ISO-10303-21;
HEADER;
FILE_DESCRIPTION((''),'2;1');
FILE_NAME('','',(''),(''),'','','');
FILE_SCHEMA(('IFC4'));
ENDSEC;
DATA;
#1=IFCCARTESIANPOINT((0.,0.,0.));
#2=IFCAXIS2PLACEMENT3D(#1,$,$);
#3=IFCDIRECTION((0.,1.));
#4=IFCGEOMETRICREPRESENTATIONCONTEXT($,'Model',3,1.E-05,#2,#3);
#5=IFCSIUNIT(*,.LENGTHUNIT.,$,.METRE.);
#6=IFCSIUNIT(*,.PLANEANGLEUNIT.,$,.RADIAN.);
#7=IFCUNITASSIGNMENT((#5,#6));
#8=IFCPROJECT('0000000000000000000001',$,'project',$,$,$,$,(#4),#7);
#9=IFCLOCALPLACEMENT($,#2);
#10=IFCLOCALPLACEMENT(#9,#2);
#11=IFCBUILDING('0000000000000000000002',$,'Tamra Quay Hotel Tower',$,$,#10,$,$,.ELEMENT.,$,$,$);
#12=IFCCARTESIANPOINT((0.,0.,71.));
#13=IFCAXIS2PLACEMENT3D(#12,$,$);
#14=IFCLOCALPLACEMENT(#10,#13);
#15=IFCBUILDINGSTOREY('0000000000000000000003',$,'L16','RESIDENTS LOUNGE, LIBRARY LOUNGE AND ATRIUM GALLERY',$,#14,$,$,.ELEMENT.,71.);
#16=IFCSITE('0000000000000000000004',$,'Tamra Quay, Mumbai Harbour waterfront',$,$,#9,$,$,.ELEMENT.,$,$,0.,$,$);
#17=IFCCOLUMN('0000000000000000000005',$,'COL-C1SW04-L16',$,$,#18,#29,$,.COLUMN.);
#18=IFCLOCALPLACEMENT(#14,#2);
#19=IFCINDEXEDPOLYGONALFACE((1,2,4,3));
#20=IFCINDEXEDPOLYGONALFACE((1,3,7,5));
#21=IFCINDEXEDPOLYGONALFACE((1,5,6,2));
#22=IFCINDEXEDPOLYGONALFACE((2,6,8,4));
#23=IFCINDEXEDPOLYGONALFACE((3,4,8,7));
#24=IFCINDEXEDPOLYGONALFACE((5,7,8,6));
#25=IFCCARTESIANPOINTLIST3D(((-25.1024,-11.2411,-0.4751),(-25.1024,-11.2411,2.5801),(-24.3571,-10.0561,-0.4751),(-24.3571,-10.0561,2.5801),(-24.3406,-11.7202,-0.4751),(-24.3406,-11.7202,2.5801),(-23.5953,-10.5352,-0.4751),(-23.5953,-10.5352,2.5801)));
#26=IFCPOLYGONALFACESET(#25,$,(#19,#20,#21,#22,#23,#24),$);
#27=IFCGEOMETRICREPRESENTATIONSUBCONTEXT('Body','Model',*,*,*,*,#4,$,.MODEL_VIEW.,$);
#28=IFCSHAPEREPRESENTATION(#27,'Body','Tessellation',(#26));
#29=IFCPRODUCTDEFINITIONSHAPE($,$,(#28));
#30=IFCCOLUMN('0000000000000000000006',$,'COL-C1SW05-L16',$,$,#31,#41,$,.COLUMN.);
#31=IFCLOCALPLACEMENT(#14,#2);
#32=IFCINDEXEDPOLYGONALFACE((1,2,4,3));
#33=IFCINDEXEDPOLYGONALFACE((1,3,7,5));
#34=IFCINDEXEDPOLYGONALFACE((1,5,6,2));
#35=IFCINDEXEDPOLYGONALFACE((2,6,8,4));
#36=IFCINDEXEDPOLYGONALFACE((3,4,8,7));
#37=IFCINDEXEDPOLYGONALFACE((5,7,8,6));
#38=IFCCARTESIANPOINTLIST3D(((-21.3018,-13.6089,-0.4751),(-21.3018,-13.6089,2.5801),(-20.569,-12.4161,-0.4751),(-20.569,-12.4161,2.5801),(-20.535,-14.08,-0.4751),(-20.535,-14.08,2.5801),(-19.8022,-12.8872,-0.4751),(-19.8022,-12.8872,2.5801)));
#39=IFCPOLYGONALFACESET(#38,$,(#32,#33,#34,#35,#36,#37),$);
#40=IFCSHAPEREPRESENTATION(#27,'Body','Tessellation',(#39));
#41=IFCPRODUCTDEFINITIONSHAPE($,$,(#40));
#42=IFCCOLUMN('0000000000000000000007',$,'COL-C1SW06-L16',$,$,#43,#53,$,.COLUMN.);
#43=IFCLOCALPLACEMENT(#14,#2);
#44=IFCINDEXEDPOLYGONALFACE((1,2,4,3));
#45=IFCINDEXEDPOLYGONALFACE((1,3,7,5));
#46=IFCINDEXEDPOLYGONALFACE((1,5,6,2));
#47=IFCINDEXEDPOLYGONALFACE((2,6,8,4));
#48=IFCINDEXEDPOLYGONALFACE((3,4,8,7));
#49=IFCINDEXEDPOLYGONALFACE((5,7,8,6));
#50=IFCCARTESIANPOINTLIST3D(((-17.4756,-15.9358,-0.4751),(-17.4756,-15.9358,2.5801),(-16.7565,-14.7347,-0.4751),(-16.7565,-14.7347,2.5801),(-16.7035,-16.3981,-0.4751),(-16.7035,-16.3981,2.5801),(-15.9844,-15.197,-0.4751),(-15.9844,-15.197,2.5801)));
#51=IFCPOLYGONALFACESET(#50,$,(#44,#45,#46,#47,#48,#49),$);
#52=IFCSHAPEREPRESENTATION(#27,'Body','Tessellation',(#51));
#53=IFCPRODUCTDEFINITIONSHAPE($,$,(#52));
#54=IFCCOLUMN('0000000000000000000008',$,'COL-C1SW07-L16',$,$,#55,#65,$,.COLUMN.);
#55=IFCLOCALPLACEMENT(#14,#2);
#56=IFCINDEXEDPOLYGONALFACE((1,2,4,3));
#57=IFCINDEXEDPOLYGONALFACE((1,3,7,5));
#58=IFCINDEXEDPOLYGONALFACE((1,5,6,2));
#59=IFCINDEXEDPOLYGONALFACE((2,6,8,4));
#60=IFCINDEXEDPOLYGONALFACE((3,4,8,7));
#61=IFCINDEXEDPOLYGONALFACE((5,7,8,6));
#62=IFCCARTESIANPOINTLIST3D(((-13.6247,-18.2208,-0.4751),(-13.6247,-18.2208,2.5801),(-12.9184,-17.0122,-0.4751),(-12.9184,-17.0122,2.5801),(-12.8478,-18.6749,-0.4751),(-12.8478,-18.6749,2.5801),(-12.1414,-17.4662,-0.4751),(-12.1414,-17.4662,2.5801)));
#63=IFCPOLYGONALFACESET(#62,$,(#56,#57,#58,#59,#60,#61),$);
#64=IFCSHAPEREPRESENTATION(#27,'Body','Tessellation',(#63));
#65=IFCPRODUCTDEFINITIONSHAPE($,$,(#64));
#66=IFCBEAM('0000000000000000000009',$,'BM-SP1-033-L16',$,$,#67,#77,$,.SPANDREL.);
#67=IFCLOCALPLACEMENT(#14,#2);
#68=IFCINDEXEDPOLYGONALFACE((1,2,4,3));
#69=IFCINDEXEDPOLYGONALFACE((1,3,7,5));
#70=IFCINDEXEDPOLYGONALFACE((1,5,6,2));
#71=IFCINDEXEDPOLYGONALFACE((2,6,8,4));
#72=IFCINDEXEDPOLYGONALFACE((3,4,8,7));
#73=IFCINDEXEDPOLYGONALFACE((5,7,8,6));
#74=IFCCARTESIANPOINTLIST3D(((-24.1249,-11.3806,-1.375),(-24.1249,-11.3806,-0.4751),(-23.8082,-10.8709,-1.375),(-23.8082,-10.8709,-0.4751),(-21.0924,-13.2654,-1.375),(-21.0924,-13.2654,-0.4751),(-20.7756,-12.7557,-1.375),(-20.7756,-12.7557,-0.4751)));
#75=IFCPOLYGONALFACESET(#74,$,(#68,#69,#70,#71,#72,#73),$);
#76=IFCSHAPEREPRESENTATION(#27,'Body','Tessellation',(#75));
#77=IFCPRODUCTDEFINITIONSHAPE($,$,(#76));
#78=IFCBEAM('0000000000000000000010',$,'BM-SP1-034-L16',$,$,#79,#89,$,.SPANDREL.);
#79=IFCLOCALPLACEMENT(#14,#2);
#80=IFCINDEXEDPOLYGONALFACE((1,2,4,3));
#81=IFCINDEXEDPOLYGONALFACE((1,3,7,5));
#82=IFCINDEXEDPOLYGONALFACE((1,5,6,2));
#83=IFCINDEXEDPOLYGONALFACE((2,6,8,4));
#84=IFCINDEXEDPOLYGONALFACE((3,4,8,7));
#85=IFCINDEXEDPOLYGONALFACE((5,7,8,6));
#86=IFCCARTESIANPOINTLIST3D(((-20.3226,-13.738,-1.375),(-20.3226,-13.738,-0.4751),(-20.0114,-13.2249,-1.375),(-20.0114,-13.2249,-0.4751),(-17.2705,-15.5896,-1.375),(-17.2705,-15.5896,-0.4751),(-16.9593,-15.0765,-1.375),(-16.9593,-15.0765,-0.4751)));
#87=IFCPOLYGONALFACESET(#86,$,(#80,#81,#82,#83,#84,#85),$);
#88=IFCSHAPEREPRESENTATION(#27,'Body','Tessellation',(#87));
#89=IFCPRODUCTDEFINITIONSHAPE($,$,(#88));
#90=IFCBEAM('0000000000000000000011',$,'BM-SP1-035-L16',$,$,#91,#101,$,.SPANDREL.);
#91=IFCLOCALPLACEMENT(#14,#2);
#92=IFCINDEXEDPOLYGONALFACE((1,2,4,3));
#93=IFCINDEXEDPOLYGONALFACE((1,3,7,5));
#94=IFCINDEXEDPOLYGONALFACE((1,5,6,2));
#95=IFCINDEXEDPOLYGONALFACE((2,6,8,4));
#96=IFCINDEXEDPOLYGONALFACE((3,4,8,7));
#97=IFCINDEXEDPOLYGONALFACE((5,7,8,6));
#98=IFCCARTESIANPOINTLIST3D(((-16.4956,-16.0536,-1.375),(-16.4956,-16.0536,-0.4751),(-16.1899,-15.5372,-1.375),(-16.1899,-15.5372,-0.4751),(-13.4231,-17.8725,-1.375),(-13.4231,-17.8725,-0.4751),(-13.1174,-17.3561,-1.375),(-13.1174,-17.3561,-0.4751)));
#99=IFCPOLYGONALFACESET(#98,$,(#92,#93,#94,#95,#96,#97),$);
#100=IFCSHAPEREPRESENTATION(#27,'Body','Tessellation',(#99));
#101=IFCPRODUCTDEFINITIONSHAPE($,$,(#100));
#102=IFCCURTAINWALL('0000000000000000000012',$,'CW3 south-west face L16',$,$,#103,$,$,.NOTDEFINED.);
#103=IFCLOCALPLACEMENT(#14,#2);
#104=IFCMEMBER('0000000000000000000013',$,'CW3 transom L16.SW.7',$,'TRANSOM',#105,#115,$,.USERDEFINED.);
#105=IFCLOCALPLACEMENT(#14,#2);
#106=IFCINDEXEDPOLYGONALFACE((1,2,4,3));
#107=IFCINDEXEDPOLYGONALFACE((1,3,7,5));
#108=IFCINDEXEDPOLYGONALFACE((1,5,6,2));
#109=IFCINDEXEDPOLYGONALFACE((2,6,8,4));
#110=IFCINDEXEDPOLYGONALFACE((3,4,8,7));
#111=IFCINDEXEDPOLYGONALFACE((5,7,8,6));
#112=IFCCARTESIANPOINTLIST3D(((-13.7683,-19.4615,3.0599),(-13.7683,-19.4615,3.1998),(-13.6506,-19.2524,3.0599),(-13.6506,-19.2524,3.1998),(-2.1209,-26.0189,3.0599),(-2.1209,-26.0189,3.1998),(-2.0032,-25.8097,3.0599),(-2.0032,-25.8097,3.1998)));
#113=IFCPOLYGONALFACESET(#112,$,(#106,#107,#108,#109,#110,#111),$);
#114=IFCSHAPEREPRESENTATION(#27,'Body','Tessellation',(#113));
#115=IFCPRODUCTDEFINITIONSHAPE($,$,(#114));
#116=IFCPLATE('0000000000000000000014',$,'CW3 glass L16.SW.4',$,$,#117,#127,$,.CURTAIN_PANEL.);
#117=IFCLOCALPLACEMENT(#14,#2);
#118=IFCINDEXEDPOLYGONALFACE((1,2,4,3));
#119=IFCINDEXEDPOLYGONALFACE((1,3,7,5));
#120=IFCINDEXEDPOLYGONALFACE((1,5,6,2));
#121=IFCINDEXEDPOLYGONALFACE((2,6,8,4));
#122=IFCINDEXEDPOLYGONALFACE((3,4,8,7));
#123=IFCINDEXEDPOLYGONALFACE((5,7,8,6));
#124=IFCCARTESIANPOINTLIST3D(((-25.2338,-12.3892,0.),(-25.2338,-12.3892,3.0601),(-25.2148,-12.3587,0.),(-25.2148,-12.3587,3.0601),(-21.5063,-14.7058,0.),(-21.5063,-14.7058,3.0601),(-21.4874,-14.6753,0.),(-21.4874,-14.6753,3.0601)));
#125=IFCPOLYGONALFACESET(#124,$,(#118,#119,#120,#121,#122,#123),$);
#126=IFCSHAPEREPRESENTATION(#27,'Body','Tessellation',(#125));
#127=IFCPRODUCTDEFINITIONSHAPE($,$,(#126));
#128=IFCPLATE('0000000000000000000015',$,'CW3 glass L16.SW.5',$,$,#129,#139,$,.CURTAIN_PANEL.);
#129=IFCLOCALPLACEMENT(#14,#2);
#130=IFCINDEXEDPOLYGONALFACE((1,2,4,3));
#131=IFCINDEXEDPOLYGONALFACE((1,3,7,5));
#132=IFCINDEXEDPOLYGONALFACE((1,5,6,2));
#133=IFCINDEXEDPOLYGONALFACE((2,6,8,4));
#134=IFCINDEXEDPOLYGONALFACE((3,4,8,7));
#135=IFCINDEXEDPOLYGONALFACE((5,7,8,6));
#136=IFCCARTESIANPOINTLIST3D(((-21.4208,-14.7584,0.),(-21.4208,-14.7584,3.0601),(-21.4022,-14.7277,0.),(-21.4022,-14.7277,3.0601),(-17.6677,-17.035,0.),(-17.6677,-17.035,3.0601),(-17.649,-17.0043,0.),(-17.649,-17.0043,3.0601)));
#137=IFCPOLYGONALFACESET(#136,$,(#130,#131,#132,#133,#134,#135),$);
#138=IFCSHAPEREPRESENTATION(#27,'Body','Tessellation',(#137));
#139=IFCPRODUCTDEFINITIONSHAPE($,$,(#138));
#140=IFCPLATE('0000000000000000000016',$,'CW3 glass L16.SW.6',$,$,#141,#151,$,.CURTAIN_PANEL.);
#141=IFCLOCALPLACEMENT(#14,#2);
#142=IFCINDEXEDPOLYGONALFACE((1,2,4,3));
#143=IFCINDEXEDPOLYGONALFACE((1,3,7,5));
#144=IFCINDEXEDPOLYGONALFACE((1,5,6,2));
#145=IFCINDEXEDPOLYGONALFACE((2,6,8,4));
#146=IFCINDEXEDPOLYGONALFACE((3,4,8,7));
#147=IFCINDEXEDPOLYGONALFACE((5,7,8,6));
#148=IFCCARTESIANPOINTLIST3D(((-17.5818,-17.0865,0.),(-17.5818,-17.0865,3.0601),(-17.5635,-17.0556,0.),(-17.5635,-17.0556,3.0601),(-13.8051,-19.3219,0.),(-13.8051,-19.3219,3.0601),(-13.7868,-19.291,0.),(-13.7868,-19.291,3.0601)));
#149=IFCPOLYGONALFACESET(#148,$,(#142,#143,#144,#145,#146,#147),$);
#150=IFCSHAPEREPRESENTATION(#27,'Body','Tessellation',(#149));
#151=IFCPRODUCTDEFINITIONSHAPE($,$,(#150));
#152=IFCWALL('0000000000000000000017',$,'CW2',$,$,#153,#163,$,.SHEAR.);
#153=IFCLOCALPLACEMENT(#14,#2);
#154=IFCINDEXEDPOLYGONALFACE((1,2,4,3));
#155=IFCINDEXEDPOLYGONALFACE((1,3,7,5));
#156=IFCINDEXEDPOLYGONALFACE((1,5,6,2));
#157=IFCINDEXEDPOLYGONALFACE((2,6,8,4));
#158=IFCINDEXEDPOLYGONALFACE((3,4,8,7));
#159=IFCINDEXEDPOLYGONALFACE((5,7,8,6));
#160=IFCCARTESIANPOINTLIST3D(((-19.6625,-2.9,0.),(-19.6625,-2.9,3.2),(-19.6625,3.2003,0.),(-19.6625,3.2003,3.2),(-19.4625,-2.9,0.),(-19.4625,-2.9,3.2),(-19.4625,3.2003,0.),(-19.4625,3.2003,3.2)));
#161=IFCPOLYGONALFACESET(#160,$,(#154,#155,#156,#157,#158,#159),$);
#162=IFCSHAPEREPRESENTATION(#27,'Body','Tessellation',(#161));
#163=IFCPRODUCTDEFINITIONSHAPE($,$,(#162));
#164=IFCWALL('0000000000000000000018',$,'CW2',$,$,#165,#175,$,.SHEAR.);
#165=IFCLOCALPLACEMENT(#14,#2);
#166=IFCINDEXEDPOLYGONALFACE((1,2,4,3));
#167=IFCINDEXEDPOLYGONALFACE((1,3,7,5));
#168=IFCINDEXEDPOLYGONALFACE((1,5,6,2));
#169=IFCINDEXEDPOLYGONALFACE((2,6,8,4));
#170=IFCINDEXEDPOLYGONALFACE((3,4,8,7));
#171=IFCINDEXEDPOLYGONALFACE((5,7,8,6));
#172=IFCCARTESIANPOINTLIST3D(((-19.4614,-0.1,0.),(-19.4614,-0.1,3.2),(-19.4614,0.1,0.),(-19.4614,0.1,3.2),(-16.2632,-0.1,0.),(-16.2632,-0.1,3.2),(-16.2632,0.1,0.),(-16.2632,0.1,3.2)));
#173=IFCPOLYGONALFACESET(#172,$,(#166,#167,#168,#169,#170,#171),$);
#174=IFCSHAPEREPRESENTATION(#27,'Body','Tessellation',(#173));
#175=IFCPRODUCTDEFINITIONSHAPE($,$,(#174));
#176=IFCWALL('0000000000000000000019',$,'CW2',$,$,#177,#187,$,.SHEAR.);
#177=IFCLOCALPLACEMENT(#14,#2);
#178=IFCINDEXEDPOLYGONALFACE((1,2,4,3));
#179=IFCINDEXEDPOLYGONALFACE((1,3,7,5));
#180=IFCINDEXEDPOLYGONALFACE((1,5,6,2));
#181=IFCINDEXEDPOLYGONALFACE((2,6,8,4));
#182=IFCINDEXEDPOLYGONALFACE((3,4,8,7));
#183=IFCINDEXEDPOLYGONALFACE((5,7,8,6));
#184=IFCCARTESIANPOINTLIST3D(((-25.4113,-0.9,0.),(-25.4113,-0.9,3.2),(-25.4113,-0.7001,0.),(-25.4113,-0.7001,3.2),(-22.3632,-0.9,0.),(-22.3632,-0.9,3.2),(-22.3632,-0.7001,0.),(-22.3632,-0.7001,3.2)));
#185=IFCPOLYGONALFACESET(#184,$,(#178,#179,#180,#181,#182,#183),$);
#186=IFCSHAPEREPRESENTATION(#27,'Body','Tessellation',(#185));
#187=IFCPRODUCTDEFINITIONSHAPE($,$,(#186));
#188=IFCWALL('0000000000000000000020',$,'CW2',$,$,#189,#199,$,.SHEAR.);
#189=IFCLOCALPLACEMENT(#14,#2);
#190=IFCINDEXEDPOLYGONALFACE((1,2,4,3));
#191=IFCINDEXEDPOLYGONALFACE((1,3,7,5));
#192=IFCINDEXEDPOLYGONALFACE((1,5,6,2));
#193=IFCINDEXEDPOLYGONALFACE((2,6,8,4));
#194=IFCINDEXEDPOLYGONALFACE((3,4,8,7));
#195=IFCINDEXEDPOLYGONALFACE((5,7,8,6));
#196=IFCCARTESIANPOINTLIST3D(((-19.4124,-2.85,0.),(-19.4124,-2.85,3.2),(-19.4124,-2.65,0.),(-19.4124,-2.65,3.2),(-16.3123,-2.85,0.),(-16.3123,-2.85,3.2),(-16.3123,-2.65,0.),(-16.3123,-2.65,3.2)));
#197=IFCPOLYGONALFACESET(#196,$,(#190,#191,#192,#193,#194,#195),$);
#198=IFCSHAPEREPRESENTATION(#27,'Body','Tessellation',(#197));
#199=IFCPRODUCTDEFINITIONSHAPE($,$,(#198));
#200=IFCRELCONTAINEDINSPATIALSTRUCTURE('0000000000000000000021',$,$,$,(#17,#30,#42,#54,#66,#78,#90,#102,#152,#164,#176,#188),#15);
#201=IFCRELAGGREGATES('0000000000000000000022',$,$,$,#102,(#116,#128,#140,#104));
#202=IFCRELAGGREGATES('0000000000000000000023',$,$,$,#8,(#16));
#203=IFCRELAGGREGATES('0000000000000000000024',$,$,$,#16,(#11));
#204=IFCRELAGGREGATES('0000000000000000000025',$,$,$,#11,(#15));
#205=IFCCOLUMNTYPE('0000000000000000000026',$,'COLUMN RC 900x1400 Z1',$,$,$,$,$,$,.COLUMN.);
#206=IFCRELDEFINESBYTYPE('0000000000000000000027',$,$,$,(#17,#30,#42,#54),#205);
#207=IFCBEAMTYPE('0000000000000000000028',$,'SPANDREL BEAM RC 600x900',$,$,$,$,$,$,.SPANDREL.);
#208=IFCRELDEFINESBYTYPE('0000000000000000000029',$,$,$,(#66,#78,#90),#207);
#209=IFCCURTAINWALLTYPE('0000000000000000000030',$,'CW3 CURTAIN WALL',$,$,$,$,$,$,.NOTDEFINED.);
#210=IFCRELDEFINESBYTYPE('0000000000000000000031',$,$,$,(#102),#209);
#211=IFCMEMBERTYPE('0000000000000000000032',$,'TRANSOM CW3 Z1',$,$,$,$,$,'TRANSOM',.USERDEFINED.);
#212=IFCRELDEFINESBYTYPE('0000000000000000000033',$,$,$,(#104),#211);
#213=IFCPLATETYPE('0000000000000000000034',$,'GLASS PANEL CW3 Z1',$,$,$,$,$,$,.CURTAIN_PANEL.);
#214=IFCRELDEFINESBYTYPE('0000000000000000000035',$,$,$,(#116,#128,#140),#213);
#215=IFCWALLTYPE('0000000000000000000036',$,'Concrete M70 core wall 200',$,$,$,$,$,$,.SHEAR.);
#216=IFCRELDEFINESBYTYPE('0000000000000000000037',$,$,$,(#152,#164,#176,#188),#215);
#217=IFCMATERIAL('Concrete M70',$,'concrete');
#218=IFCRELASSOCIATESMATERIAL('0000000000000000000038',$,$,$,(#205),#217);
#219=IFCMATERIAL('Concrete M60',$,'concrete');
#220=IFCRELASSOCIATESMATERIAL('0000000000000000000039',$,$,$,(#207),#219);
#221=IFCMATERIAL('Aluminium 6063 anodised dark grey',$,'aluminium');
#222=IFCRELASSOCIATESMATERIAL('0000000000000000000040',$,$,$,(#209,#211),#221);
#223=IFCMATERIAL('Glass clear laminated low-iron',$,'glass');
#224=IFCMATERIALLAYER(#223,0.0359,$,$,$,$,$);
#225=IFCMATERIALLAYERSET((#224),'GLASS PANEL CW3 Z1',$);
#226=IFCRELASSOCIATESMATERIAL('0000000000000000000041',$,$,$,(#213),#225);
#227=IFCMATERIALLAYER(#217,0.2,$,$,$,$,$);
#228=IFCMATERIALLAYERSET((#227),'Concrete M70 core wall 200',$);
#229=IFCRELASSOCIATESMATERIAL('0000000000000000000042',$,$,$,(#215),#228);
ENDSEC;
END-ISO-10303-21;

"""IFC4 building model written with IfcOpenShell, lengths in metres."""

from ifc_helpers import new_model, si_unit, direction, frame, frame_2d, origin, origin_2d, place, context, subcontext, project, spatial, rectangle, extrude, material, layer, layer_set, material_profile, profile_set, type_object, element, aggregate, save


model = new_model("IFC4")

# Units and contexts
model_context = context("Model", 3, precision=1e-05, world=origin(), true_north=direction((0.0, 1.0)))
body_context = subcontext(model_context, "Body", "Model", "MODEL_VIEW")
ifc_project = project(units=[si_unit("LENGTHUNIT", "METRE"), si_unit("PLANEANGLEUNIT", "RADIAN")], contexts=[model_context])

# Site, building, storey
site_placement = place(None, origin())
site = spatial("IfcSite", under=ifc_project, at=site_placement, Name="Tamra Quay, Mumbai Harbour waterfront", CompositionType="ELEMENT", RefElevation=0.0)
building_placement = place(site_placement, origin())
building = spatial("IfcBuilding", under=site, at=building_placement, Name="Tamra Quay Hotel Tower", CompositionType="ELEMENT")
storey_placement = place(building_placement, frame((0.0, 0.0, 71.0)))
storey = spatial("IfcBuildingStorey", under=building, at=storey_placement, Name="L16", Description="RESIDENTS LOUNGE, LIBRARY LOUNGE AND ATRIUM GALLERY", CompositionType="ELEMENT", Elevation=71.0)

# Columns
ifc_material_1 = material(Name="Concrete M70", Category="concrete")
ifc_material_profile_1 = material_profile(ifc_material_1, rectangle(XDim=1.3999, YDim=0.8999, at=origin_2d()), Name="COLUMN RC 900x1400 Z1")
ifc_profile_set_1 = profile_set([ifc_material_profile_1], Name="Concrete M70")
column_type = type_object("IfcColumnType", Name="COLUMN RC 900x1400 Z1", PredefinedType="COLUMN", material=ifc_profile_set_1)
for number, where, z_axis, x_axis, name in (
    (1, (-24.3489, -10.8882, -0.4751), (0.0, 0.0, 1.0), (0.532389, 0.8465, 0.0), "COL-C1SW04-L16"),
    (2, (-20.552, -13.248, -0.4751), (0.0, 0.0, 1.0), (0.52343, 0.852069, 0.0), "COL-C1SW05-L16"),
    (3, (-16.73, -15.5664, -0.4751), (0.0, 0.0, 1.0), (0.513654, 0.857998, 0.0), "COL-C1SW06-L16"),
    (4, (-12.8831, -17.8435, -0.4751), (0.0, 0.0, 1.0), (0.504565, 0.863374, 0.0), "COL-C1SW07-L16"),
):
    element("IfcColumn", number, at=place(storey_placement, frame(where, z_axis=z_axis, x_axis=x_axis)), inside=storey, type_object=column_type, Name=name, PredefinedType="COLUMN", context=body_context, shape_type="SweptSolid", body=[
        extrude(rectangle(XDim=1.3999, YDim=0.8999, at=origin_2d()), origin(), (0.0, 0.0, 1.0), 3.0552),
    ])

# Beams
ifc_material_2 = material(Name="Concrete M60", Category="concrete")
ifc_material_profile_2 = material_profile(ifc_material_2, rectangle(XDim=0.6001, YDim=0.8999, at=origin_2d()), Name="SPANDREL BEAM RC 600x900")
ifc_profile_set_2 = profile_set([ifc_material_profile_2], Name="Concrete M60")
beam_type = type_object("IfcBeamType", Name="SPANDREL BEAM RC 600x900", PredefinedType="SPANDREL", material=ifc_profile_set_2)
beam_1_placement = place(storey_placement, frame((-23.9666, -11.1257, -0.925), z_axis=(0.849321, -0.527877, 0.0), x_axis=(0.527877, 0.849321, 0.0)))
element("IfcBeam", 5, at=beam_1_placement, inside=storey, type_object=beam_type, Name="BM-SP1-033-L16", PredefinedType="SPANDREL", context=body_context, shape_type="SweptSolid", body=[
    extrude(rectangle(XDim=0.6001, YDim=0.8999, at=origin_2d()), origin(), (0.0, 0.0, 1.0), 3.5706),
])
beam_2_placement = place(storey_placement, frame((-20.167, -13.4814, -0.925), z_axis=(0.854966, -0.518684, 0.0), x_axis=(0.518684, 0.854966, 0.0)))
element("IfcBeam", 6, at=beam_2_placement, inside=storey, type_object=beam_type, Name="BM-SP1-034-L16", PredefinedType="SPANDREL", context=body_context, shape_type="SweptSolid", body=[
    extrude(rectangle(XDim=0.6001, YDim=0.8999, at=origin_2d()), origin(), (0.0, 0.0, 1.0), 3.5698),
])
beam_3_placement = place(storey_placement, frame((-16.3428, -15.7954, -0.925), z_axis=(0.860525, -0.509409, 0.0), x_axis=(0.509409, 0.860525, 0.0)))
element("IfcBeam", 7, at=beam_3_placement, inside=storey, type_object=beam_type, Name="BM-SP1-035-L16", PredefinedType="SPANDREL", context=body_context, shape_type="SweptSolid", body=[
    extrude(rectangle(XDim=0.6001, YDim=0.8999, at=origin_2d()), origin(), (0.0, 0.0, 1.0), 3.5706),
])

# Curtain wall, member, plates
ifc_material_3 = material(Name="Aluminium 6063 anodised dark grey", Category="aluminium")
curtain_wall_type = type_object("IfcCurtainWallType", Name="CW3 CURTAIN WALL", PredefinedType="NOTDEFINED", material=ifc_material_3)
curtain_wall_placement = place(storey_placement, origin())
curtain_wall = element("IfcCurtainWall", 8, at=curtain_wall_placement, inside=storey, type_object=curtain_wall_type, Name="CW3 south-west face L16", PredefinedType="NOTDEFINED")
ifc_material_profile_3 = material_profile(ifc_material_3, rectangle(XDim=0.24, YDim=0.1399, at=origin_2d()), Name="TRANSOM 240X140")
ifc_profile_set_3 = profile_set([ifc_material_profile_3], Name="Aluminium 6063 anodised dark grey")
member_type = type_object("IfcMemberType", Name="TRANSOM CW3 Z1", ElementType="TRANSOM", PredefinedType="USERDEFINED", material=ifc_profile_set_3)
member_placement = place(storey_placement, frame((-13.7095, -19.3569, 3.1299), z_axis=(0.871394, -0.490584, 0.0), x_axis=(0.490584, 0.871394, 0.0)))
member = element("IfcMember", 9, at=member_placement, type_object=member_type, Name="CW3 transom L16.SW.7", ObjectType="TRANSOM", PredefinedType="USERDEFINED", context=body_context, shape_type="SweptSolid", body=[
    extrude(rectangle(XDim=0.24, YDim=0.1399, at=origin_2d()), origin(), (0.0, 0.0, 1.0), 13.3665),
])
ifc_material_4 = material(Name="Glass clear laminated low-iron", Category="glass")
ifc_layer_1 = layer(ifc_material_4, 0.0359)
ifc_layer_set_1 = layer_set([ifc_layer_1], Name="GLASS PANEL CW3 Z1")
plate_type = type_object("IfcPlateType", Name="GLASS PANEL CW3 Z1", PredefinedType="CURTAIN_PANEL", material=ifc_layer_set_1)
plate_1_placement = place(storey_placement, frame((-23.3606, -13.5322, 0.0), z_axis=(0.0, 0.0, 1.0), x_axis=(0.849331, -0.52786, 0.0)))
plate_1 = element("IfcPlate", 10, at=plate_1_placement, type_object=plate_type, Name="CW3 glass L16.SW.4", PredefinedType="CURTAIN_PANEL", context=body_context, shape_type="SweptSolid", body=[
    extrude(rectangle(XDim=4.3887, YDim=0.0359, at=origin_2d()), origin(), (0.0, 0.0, 1.0), 3.0601),
])
plate_2_placement = place(storey_placement, frame((-19.5349, -15.8813, 0.0), z_axis=(0.0, 0.0, 1.0), x_axis=(0.854993, -0.518639, 0.0)))
plate_2 = element("IfcPlate", 11, at=plate_2_placement, type_object=plate_type, Name="CW3 glass L16.SW.5", PredefinedType="CURTAIN_PANEL", context=body_context, shape_type="SweptSolid", body=[
    extrude(rectangle(XDim=4.3896, YDim=0.0359, at=origin_2d()), origin(), (0.0, 0.0, 1.0), 3.0601),
])
plate_3_placement = place(storey_placement, frame((-15.6843, -18.1887, 0.0), z_axis=(0.0, 0.0, 1.0), x_axis=(0.860556, -0.509355, 0.0)))
plate_3 = element("IfcPlate", 12, at=plate_3_placement, type_object=plate_type, Name="CW3 glass L16.SW.6", PredefinedType="CURTAIN_PANEL", context=body_context, shape_type="SweptSolid", body=[
    extrude(rectangle(XDim=4.3887, YDim=0.0359, at=origin_2d()), origin(), (0.0, 0.0, 1.0), 3.0601),
])
aggregate(curtain_wall, [plate_1, plate_2, plate_3, member])

# Walls
ifc_layer_2 = layer(ifc_material_1, 0.2)
ifc_layer_set_2 = layer_set([ifc_layer_2], Name="Concrete M70 core wall 200")
wall_type_1 = type_object("IfcWallType", Name="Concrete M70 core wall 200", PredefinedType="SHEAR", material=ifc_layer_set_2)
wall_1_placement = place(storey_placement, frame((-19.5625, -2.9001, 0.0), z_axis=(0.0, 0.0, 1.0), x_axis=(0.0, 1.0, 0.0)))
element("IfcWall", 13, at=wall_1_placement, inside=storey, type_object=wall_type_1, Name="CW2", PredefinedType="SHEAR", context=body_context, shape_type="SweptSolid", body=[
    extrude(rectangle(XDim=6.1003, YDim=0.2, at=frame_2d((3.0503, 0.0))), origin(), (0.0, 0.0, 1.0), 3.2),
])
wall_2_placement = place(storey_placement, frame((-16.2632, 0.0, 0.0), z_axis=(0.0, 0.0, 1.0), x_axis=(-1.0, 0.0, 0.0)))
element("IfcWall", 14, at=wall_2_placement, inside=storey, type_object=wall_type_1, Name="CW2", PredefinedType="SHEAR", context=body_context, shape_type="SweptSolid", body=[
    extrude(rectangle(XDim=3.1982, YDim=0.2, at=frame_2d((1.5991, 0.0))), origin(), (0.0, 0.0, 1.0), 3.2),
])
wall_3_placement = place(storey_placement, frame((-22.3633, -0.8, 0.0), z_axis=(0.0, 0.0, 1.0), x_axis=(-1.0, 0.0, 0.0)))
element("IfcWall", 15, at=wall_3_placement, inside=storey, type_object=wall_type_1, Name="CW2", PredefinedType="SHEAR", context=body_context, shape_type="SweptSolid", body=[
    extrude(rectangle(XDim=3.0481, YDim=0.2, at=frame_2d((1.5239, 0.0))), origin(), (0.0, 0.0, 1.0), 3.2),
])
wall_4_placement = place(storey_placement, frame((-19.4124, -2.75, 0.0), z_axis=(0.0, 0.0, 1.0), x_axis=(1.0, 0.0, 0.0)))
element("IfcWall", 16, at=wall_4_placement, inside=storey, type_object=wall_type_1, Name="CW2", PredefinedType="SHEAR", context=body_context, shape_type="SweptSolid", body=[
    extrude(rectangle(XDim=3.1001, YDim=0.2, at=frame_2d((1.55, 0.0))), origin(), (0.0, 0.0, 1.0), 3.2),
])

save(model, "model.ifc")
